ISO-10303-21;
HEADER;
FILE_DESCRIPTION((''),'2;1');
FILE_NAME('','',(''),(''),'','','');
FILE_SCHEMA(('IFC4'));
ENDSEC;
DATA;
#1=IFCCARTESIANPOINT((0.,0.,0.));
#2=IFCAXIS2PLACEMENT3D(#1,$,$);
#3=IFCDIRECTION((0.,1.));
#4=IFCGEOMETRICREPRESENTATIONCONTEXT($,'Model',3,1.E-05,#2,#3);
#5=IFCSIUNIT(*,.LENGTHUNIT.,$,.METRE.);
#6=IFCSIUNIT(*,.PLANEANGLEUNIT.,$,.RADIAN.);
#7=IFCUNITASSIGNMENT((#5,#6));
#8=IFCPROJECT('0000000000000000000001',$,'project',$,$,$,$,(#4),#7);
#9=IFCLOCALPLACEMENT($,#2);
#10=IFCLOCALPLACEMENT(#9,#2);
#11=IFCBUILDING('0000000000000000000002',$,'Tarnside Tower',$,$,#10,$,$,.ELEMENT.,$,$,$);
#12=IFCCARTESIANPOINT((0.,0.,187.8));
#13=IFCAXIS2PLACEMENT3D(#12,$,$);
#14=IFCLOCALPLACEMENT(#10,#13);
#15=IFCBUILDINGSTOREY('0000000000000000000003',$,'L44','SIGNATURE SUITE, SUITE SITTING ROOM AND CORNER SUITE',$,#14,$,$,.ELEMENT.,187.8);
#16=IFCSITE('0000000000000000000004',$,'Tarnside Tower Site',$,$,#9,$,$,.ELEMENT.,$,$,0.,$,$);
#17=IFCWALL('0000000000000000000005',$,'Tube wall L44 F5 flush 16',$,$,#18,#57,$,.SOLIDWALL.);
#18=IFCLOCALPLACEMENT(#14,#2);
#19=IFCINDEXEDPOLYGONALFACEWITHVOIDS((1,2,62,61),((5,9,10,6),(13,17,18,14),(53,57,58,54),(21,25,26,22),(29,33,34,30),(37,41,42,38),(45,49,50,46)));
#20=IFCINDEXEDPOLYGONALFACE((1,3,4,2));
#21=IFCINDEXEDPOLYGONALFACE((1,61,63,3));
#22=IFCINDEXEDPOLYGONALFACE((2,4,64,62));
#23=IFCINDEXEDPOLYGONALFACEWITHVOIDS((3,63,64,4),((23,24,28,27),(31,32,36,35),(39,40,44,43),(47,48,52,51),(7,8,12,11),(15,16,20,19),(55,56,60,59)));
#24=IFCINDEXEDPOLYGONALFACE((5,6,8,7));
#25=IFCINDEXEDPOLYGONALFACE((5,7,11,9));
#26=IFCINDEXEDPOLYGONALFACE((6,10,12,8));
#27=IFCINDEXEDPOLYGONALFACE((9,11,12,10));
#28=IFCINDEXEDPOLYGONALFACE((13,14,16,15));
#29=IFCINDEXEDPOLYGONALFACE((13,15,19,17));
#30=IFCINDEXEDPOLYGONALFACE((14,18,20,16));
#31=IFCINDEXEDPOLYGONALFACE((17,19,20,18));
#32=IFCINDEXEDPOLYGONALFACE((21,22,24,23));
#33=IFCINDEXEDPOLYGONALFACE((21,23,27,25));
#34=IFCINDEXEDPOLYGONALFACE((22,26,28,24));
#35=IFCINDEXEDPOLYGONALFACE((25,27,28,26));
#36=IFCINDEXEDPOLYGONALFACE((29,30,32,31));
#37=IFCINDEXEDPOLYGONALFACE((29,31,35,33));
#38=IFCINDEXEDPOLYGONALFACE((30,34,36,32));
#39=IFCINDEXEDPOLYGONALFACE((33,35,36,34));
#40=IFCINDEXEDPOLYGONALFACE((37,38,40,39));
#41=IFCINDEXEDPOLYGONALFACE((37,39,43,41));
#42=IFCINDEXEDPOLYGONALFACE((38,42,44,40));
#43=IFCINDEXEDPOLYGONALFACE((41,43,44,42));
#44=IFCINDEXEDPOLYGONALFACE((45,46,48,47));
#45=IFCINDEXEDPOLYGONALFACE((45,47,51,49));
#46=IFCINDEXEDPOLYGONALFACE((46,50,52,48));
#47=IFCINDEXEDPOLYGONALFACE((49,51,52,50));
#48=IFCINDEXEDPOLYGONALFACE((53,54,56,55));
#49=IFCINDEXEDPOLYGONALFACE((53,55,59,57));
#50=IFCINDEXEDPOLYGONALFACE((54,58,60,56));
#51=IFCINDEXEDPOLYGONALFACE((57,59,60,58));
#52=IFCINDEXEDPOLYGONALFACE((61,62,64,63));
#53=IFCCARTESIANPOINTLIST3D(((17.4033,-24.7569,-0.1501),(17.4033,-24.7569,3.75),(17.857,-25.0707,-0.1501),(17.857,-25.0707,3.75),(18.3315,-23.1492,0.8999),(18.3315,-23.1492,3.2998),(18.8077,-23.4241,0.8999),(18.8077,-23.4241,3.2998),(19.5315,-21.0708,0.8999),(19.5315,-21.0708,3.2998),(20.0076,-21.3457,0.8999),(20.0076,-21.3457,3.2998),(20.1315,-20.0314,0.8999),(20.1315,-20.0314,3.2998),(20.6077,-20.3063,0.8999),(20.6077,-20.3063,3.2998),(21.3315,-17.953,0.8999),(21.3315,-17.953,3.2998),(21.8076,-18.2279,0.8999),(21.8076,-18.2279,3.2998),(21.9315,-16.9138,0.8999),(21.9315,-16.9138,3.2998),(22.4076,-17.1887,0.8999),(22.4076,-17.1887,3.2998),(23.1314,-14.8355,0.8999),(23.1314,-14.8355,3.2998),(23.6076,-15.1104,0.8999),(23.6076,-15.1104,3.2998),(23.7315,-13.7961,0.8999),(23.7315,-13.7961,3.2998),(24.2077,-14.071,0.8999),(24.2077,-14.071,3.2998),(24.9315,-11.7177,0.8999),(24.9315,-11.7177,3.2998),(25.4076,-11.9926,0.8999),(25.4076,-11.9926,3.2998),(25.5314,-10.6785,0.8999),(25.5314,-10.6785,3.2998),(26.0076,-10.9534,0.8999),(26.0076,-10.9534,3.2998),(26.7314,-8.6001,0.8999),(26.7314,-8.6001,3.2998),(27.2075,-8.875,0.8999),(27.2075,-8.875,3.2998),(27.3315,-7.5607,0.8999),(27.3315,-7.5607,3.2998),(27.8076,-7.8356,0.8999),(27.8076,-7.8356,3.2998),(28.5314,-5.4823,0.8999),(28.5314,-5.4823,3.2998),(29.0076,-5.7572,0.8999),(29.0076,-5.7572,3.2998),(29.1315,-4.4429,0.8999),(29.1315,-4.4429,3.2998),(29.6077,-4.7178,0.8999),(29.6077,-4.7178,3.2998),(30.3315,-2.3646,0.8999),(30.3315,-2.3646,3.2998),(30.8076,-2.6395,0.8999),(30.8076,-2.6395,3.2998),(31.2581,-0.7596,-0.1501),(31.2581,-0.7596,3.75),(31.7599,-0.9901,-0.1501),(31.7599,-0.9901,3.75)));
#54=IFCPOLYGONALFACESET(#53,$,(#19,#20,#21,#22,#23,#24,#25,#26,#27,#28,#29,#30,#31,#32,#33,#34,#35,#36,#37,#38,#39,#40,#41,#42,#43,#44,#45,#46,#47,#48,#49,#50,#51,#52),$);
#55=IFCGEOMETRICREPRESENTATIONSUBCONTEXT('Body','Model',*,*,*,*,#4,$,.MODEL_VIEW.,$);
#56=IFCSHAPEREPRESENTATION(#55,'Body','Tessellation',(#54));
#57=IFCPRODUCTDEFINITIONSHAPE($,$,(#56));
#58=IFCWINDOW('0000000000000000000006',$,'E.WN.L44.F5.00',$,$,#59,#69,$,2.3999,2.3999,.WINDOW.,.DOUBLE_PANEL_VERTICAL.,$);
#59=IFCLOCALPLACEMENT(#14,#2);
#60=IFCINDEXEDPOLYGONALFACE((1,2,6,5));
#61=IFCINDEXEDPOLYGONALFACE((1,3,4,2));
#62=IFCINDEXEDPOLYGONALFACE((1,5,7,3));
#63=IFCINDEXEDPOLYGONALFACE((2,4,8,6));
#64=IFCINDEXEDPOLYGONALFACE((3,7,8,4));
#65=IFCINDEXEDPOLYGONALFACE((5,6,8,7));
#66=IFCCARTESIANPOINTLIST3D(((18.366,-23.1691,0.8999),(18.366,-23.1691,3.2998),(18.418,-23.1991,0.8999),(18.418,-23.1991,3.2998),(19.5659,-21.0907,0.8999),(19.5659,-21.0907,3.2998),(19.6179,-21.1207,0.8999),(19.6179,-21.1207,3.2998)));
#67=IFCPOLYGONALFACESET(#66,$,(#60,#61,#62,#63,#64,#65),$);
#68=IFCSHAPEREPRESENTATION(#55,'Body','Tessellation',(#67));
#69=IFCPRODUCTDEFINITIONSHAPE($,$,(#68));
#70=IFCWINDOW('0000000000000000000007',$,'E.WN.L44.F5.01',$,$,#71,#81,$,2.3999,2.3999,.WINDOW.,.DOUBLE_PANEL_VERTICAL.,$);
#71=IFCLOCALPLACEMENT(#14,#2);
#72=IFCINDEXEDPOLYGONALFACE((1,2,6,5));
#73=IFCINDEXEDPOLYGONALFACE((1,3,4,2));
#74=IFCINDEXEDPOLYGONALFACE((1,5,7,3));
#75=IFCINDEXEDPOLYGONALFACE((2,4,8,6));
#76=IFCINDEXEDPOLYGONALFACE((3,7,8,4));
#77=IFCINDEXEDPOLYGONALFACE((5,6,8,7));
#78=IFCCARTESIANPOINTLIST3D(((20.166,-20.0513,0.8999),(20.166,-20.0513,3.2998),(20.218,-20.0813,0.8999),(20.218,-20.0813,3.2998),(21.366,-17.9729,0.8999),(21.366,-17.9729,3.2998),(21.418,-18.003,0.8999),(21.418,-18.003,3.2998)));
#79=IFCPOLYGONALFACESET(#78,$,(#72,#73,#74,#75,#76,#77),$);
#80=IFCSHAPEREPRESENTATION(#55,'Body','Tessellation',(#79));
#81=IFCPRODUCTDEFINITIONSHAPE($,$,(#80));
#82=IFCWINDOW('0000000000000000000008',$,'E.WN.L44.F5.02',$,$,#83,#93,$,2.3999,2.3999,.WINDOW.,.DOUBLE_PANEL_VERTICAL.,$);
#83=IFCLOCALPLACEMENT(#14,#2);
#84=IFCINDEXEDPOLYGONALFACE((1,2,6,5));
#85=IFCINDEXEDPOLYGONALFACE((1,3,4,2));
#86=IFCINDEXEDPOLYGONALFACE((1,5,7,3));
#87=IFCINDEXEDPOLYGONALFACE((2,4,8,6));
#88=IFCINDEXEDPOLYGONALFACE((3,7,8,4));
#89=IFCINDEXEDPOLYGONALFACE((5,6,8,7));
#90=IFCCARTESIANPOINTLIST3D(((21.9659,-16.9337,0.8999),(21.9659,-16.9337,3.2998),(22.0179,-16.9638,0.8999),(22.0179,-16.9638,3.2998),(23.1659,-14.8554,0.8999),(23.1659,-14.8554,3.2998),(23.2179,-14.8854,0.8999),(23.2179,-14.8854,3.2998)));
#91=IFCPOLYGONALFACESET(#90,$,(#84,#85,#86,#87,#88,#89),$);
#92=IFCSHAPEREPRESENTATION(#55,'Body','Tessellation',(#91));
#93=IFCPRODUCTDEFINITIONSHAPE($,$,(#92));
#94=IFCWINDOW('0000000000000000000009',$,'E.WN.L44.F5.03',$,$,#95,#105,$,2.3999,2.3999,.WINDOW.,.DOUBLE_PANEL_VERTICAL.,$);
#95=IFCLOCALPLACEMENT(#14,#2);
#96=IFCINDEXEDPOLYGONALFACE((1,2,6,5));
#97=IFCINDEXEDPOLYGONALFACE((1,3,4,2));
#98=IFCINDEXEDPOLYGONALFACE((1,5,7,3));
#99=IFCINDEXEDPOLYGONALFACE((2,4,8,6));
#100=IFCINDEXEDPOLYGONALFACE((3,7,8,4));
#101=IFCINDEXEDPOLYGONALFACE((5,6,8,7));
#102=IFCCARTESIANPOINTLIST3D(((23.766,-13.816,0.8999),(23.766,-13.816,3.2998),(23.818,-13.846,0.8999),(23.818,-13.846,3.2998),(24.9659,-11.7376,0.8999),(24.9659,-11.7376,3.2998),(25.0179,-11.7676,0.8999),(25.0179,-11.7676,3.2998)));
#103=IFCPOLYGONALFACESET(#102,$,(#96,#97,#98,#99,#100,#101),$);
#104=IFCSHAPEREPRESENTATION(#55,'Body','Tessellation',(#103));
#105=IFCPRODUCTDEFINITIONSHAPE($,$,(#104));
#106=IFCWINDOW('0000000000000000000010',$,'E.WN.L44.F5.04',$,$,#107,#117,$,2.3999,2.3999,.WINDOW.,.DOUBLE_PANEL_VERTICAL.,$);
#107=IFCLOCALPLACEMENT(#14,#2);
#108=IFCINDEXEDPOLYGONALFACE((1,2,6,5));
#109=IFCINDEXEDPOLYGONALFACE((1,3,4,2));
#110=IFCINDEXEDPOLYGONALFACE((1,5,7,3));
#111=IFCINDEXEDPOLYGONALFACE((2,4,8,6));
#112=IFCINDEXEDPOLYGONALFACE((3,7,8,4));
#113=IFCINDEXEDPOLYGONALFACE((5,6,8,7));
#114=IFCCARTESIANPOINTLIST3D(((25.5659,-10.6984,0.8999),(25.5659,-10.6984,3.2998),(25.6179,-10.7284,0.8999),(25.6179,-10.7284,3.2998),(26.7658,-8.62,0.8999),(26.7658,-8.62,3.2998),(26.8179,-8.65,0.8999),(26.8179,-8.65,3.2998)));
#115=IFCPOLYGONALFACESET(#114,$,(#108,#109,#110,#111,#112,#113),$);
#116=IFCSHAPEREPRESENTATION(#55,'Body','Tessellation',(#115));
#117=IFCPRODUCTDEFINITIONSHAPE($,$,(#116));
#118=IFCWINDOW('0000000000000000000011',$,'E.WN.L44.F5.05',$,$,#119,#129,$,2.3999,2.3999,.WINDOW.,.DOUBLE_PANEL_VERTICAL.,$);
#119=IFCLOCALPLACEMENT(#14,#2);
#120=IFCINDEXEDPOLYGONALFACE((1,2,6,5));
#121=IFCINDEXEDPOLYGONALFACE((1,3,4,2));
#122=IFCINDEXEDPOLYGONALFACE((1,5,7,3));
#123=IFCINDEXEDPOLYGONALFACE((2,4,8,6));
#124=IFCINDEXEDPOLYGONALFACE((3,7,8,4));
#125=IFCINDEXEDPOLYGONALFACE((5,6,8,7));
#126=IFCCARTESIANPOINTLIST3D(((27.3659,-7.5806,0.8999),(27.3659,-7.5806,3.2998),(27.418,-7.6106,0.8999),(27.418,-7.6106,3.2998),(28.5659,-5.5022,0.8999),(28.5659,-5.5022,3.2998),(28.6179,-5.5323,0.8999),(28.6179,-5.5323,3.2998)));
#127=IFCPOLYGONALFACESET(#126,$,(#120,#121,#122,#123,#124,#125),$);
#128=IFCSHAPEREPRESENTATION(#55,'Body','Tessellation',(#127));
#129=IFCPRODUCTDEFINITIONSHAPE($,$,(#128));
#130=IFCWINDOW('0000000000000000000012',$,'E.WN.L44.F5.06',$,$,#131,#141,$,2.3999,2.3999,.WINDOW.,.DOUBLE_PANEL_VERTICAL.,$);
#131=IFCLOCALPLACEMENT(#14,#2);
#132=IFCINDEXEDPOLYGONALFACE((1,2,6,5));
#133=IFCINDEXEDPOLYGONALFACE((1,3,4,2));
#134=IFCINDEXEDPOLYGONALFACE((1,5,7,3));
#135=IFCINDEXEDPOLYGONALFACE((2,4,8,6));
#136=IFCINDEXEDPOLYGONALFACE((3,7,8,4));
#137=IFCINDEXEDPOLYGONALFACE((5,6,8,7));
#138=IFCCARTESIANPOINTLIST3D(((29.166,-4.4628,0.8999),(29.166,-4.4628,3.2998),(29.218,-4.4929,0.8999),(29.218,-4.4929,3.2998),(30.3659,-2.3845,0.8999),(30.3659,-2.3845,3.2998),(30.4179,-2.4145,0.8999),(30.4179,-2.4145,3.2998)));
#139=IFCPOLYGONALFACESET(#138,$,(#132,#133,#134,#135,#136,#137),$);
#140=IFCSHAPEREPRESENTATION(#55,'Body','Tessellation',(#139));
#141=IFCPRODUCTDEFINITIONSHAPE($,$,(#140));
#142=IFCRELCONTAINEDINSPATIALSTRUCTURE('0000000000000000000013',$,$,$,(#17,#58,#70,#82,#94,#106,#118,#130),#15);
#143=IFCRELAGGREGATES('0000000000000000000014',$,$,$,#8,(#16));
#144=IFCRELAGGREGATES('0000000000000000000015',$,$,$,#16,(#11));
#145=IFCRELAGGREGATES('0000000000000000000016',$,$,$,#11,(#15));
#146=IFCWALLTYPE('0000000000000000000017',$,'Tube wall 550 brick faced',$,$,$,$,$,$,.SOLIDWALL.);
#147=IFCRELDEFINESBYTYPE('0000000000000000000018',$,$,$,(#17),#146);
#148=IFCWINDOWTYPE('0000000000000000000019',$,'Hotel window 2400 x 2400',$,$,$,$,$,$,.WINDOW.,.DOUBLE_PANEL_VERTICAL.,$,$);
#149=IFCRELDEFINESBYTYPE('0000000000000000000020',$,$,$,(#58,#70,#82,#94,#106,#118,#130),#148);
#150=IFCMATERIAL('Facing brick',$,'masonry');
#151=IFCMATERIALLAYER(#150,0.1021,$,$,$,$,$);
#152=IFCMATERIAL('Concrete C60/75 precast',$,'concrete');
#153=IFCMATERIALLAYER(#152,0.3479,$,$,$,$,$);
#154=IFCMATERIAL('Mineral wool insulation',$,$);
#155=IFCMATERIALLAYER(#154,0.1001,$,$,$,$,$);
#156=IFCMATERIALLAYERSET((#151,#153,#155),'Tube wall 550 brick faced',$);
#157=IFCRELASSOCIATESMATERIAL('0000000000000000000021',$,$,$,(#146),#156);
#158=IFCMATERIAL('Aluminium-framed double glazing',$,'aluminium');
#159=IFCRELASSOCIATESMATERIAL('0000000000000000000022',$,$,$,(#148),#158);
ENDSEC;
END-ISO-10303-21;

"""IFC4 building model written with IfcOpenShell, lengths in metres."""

from ifc_helpers import new_model, si_unit, direction, frame, frame_2d, origin, place, context, subcontext, project, spatial, polyline, rectangle, outline, extrude, material, layer, layer_set, type_object, element, fill, save


model = new_model("IFC4")

# Units and contexts
model_context = context("Model", 3, precision=1e-05, world=origin(), true_north=direction((0.0, 1.0)))
body_context = subcontext(model_context, "Body", "Model", "MODEL_VIEW")
ifc_project = project(units=[si_unit("LENGTHUNIT", "METRE"), si_unit("PLANEANGLEUNIT", "RADIAN")], contexts=[model_context])

# Site, building, storey
site_placement = place(None, origin())
site = spatial("IfcSite", under=ifc_project, at=site_placement, Name="Tarnside Tower Site", CompositionType="ELEMENT", RefElevation=0.0)
building_placement = place(site_placement, origin())
building = spatial("IfcBuilding", under=site, at=building_placement, Name="Tarnside Tower", CompositionType="ELEMENT")
storey_placement = place(building_placement, frame((0.0, 0.0, 187.8)))
storey = spatial("IfcBuildingStorey", under=building, at=storey_placement, Name="L44", Description="SIGNATURE SUITE, SUITE SITTING ROOM AND CORNER SUITE", CompositionType="ELEMENT", Elevation=187.8)

# Shared definitions
ifc_material_1 = material(Name="Facing brick", Category="masonry")
ifc_layer_1 = layer(ifc_material_1, 0.1021)
ifc_material_2 = material(Name="Concrete C60/75 precast", Category="concrete")
ifc_layer_2 = layer(ifc_material_2, 0.3479)
ifc_material_3 = material(Name="Mineral wool insulation")
ifc_layer_3 = layer(ifc_material_3, 0.1001)
ifc_layer_set_1 = layer_set([ifc_layer_1, ifc_layer_2, ifc_layer_3], Name="Tube wall 550 brick faced")
wall_type_1 = type_object("IfcWallType", Name="Tube wall 550 brick faced", PredefinedType="SOLIDWALL", material=ifc_layer_set_1)

# Wall, openings, windows
wall_1_placement = place(storey_placement, frame((17.6301, -24.9138, -0.1501), z_axis=(0.0, 0.0, 1.0), x_axis=(0.499999, 0.866026, 0.0)))
wall_1 = element("IfcWall", 1, at=wall_1_placement, inside=storey, type_object=wall_type_1, Name="Tube wall L44 F5 flush 16", PredefinedType="SOLIDWALL", context=body_context, shape_type="SweptSolid", body=[
    extrude(outline(polyline([(-0.0225, -0.2749), (27.7834, -0.2749), (27.7322, 0.2749), (0.0225, 0.2749), (-0.0225, -0.2749)])), origin(), (0.0, 0.0, 1.0), 3.9001),
])
opening_1_placement = place(wall_1_placement, frame((1.8789, 0.0, 1.05)))
opening_1 = element("IfcOpeningElement", 2, at=opening_1_placement, cuts=wall_1, PredefinedType="OPENING", context=body_context, shape_type="SweptSolid", body=[
    extrude(rectangle(XDim=2.3999, YDim=2.3999, at=frame_2d((1.2, 1.2))), frame((0.0, 0.2852, 0.0), z_axis=(0.0, -1.0, 0.0), x_axis=(1.0, 0.0, 0.0)), (0.0, 0.0, 1.0), 0.5701),
])
opening_2_placement = place(wall_1_placement, frame((5.479, 0.0, 1.05)))
opening_2 = element("IfcOpeningElement", 3, at=opening_2_placement, cuts=wall_1, PredefinedType="OPENING", context=body_context, shape_type="SweptSolid", body=[
    extrude(rectangle(XDim=2.3999, YDim=2.3999, at=frame_2d((1.2, 1.2))), frame((0.0, 0.2852, 0.0), z_axis=(0.0, -1.0, 0.0), x_axis=(1.0, 0.0, 0.0)), (0.0, 0.0, 1.0), 0.5701),
])
opening_3_placement = place(wall_1_placement, frame((9.0789, 0.0, 1.05)))
opening_3 = element("IfcOpeningElement", 4, at=opening_3_placement, cuts=wall_1, PredefinedType="OPENING", context=body_context, shape_type="SweptSolid", body=[
    extrude(rectangle(XDim=2.3999, YDim=2.3999, at=frame_2d((1.2, 1.2))), frame((0.0, 0.2852, 0.0), z_axis=(0.0, -1.0, 0.0), x_axis=(1.0, 0.0, 0.0)), (0.0, 0.0, 1.0), 0.5701),
])
opening_4_placement = place(wall_1_placement, frame((12.679, 0.0, 1.05)))
opening_4 = element("IfcOpeningElement", 5, at=opening_4_placement, cuts=wall_1, PredefinedType="OPENING", context=body_context, shape_type="SweptSolid", body=[
    extrude(rectangle(XDim=2.3999, YDim=2.3999, at=frame_2d((1.2, 1.2))), frame((0.0, 0.2852, 0.0), z_axis=(0.0, -1.0, 0.0), x_axis=(1.0, 0.0, 0.0)), (0.0, 0.0, 1.0), 0.5701),
])
opening_5_placement = place(wall_1_placement, frame((16.2788, 0.0, 1.05)))
opening_5 = element("IfcOpeningElement", 6, at=opening_5_placement, cuts=wall_1, PredefinedType="OPENING", context=body_context, shape_type="SweptSolid", body=[
    extrude(rectangle(XDim=2.3999, YDim=2.3999, at=frame_2d((1.2, 1.2))), frame((0.0, 0.2852, 0.0), z_axis=(0.0, -1.0, 0.0), x_axis=(1.0, 0.0, 0.0)), (0.0, 0.0, 1.0), 0.5701),
])
opening_6_placement = place(wall_1_placement, frame((19.8789, 0.0, 1.05)))
opening_6 = element("IfcOpeningElement", 7, at=opening_6_placement, cuts=wall_1, PredefinedType="OPENING", context=body_context, shape_type="SweptSolid", body=[
    extrude(rectangle(XDim=2.3999, YDim=2.3999, at=frame_2d((1.2, 1.2))), frame((0.0, 0.2852, 0.0), z_axis=(0.0, -1.0, 0.0), x_axis=(1.0, 0.0, 0.0)), (0.0, 0.0, 1.0), 0.5701),
])
opening_7_placement = place(wall_1_placement, frame((23.479, 0.0, 1.05)))
opening_7 = element("IfcOpeningElement", 8, at=opening_7_placement, cuts=wall_1, PredefinedType="OPENING", context=body_context, shape_type="SweptSolid", body=[
    extrude(rectangle(XDim=2.3999, YDim=2.3999, at=frame_2d((1.2, 1.2))), frame((0.0, 0.2852, 0.0), z_axis=(0.0, -1.0, 0.0), x_axis=(1.0, 0.0, 0.0)), (0.0, 0.0, 1.0), 0.5701),
])
ifc_material_4 = material(Name="Aluminium-framed double glazing", Category="aluminium")
window_type = type_object("IfcWindowType", Name="Hotel window 2400 x 2400", PartitioningType="DOUBLE_PANEL_VERTICAL", PredefinedType="WINDOW", material=ifc_material_4)
window_1_placement = place(opening_1_placement, frame((0.0, 0.2051, 0.0)))
window_1 = element("IfcWindow", 9, at=window_1_placement, inside=storey, type_object=window_type, Name="E.WN.L44.F5.00", OverallHeight=2.3999, OverallWidth=2.3999, PartitioningType="DOUBLE_PANEL_VERTICAL", PredefinedType="WINDOW", context=body_context, shape_type="SweptSolid", body=[
    extrude(rectangle(XDim=2.3999, YDim=2.3999, at=frame_2d((1.2, 1.2))), frame((0.0, 0.03, 0.0), z_axis=(0.0, -1.0, 0.0), x_axis=(1.0, 0.0, 0.0)), (0.0, 0.0, 1.0), 0.0601),
])
fill(opening_1, window_1)
window_2_placement = place(opening_2_placement, frame((0.0, 0.2051, 0.0)))
window_2 = element("IfcWindow", 10, at=window_2_placement, inside=storey, type_object=window_type, Name="E.WN.L44.F5.01", OverallHeight=2.3999, OverallWidth=2.3999, PartitioningType="DOUBLE_PANEL_VERTICAL", PredefinedType="WINDOW", context=body_context, shape_type="SweptSolid", body=[
    extrude(rectangle(XDim=2.3999, YDim=2.3999, at=frame_2d((1.2, 1.2))), frame((0.0, 0.03, 0.0), z_axis=(0.0, -1.0, 0.0), x_axis=(1.0, 0.0, 0.0)), (0.0, 0.0, 1.0), 0.0601),
])
fill(opening_2, window_2)
window_3_placement = place(opening_3_placement, frame((0.0, 0.2051, 0.0)))
window_3 = element("IfcWindow", 11, at=window_3_placement, inside=storey, type_object=window_type, Name="E.WN.L44.F5.02", OverallHeight=2.3999, OverallWidth=2.3999, PartitioningType="DOUBLE_PANEL_VERTICAL", PredefinedType="WINDOW", context=body_context, shape_type="SweptSolid", body=[
    extrude(rectangle(XDim=2.3999, YDim=2.3999, at=frame_2d((1.2, 1.2))), frame((0.0, 0.03, 0.0), z_axis=(0.0, -1.0, 0.0), x_axis=(1.0, 0.0, 0.0)), (0.0, 0.0, 1.0), 0.0601),
])
fill(opening_3, window_3)
window_4_placement = place(opening_4_placement, frame((0.0, 0.2051, 0.0)))
window_4 = element("IfcWindow", 12, at=window_4_placement, inside=storey, type_object=window_type, Name="E.WN.L44.F5.03", OverallHeight=2.3999, OverallWidth=2.3999, PartitioningType="DOUBLE_PANEL_VERTICAL", PredefinedType="WINDOW", context=body_context, shape_type="SweptSolid", body=[
    extrude(rectangle(XDim=2.3999, YDim=2.3999, at=frame_2d((1.2, 1.2))), frame((0.0, 0.03, 0.0), z_axis=(0.0, -1.0, 0.0), x_axis=(1.0, 0.0, 0.0)), (0.0, 0.0, 1.0), 0.0601),
])
fill(opening_4, window_4)
window_5_placement = place(opening_5_placement, frame((0.0, 0.2051, 0.0)))
window_5 = element("IfcWindow", 13, at=window_5_placement, inside=storey, type_object=window_type, Name="E.WN.L44.F5.04", OverallHeight=2.3999, OverallWidth=2.3999, PartitioningType="DOUBLE_PANEL_VERTICAL", PredefinedType="WINDOW", context=body_context, shape_type="SweptSolid", body=[
    extrude(rectangle(XDim=2.3999, YDim=2.3999, at=frame_2d((1.2, 1.2))), frame((0.0, 0.03, 0.0), z_axis=(0.0, -1.0, 0.0), x_axis=(1.0, 0.0, 0.0)), (0.0, 0.0, 1.0), 0.0601),
])
fill(opening_5, window_5)
window_6_placement = place(opening_6_placement, frame((0.0, 0.2051, 0.0)))
window_6 = element("IfcWindow", 14, at=window_6_placement, inside=storey, type_object=window_type, Name="E.WN.L44.F5.05", OverallHeight=2.3999, OverallWidth=2.3999, PartitioningType="DOUBLE_PANEL_VERTICAL", PredefinedType="WINDOW", context=body_context, shape_type="SweptSolid", body=[
    extrude(rectangle(XDim=2.3999, YDim=2.3999, at=frame_2d((1.2, 1.2))), frame((0.0, 0.03, 0.0), z_axis=(0.0, -1.0, 0.0), x_axis=(1.0, 0.0, 0.0)), (0.0, 0.0, 1.0), 0.0601),
])
fill(opening_6, window_6)
window_7_placement = place(opening_7_placement, frame((0.0, 0.2051, 0.0)))
window_7 = element("IfcWindow", 15, at=window_7_placement, inside=storey, type_object=window_type, Name="E.WN.L44.F5.06", OverallHeight=2.3999, OverallWidth=2.3999, PartitioningType="DOUBLE_PANEL_VERTICAL", PredefinedType="WINDOW", context=body_context, shape_type="SweptSolid", body=[
    extrude(rectangle(XDim=2.3999, YDim=2.3999, at=frame_2d((1.2, 1.2))), frame((0.0, 0.03, 0.0), z_axis=(0.0, -1.0, 0.0), x_axis=(1.0, 0.0, 0.0)), (0.0, 0.0, 1.0), 0.0601),
])
fill(opening_7, window_7)

save(model, "model.ifc")
